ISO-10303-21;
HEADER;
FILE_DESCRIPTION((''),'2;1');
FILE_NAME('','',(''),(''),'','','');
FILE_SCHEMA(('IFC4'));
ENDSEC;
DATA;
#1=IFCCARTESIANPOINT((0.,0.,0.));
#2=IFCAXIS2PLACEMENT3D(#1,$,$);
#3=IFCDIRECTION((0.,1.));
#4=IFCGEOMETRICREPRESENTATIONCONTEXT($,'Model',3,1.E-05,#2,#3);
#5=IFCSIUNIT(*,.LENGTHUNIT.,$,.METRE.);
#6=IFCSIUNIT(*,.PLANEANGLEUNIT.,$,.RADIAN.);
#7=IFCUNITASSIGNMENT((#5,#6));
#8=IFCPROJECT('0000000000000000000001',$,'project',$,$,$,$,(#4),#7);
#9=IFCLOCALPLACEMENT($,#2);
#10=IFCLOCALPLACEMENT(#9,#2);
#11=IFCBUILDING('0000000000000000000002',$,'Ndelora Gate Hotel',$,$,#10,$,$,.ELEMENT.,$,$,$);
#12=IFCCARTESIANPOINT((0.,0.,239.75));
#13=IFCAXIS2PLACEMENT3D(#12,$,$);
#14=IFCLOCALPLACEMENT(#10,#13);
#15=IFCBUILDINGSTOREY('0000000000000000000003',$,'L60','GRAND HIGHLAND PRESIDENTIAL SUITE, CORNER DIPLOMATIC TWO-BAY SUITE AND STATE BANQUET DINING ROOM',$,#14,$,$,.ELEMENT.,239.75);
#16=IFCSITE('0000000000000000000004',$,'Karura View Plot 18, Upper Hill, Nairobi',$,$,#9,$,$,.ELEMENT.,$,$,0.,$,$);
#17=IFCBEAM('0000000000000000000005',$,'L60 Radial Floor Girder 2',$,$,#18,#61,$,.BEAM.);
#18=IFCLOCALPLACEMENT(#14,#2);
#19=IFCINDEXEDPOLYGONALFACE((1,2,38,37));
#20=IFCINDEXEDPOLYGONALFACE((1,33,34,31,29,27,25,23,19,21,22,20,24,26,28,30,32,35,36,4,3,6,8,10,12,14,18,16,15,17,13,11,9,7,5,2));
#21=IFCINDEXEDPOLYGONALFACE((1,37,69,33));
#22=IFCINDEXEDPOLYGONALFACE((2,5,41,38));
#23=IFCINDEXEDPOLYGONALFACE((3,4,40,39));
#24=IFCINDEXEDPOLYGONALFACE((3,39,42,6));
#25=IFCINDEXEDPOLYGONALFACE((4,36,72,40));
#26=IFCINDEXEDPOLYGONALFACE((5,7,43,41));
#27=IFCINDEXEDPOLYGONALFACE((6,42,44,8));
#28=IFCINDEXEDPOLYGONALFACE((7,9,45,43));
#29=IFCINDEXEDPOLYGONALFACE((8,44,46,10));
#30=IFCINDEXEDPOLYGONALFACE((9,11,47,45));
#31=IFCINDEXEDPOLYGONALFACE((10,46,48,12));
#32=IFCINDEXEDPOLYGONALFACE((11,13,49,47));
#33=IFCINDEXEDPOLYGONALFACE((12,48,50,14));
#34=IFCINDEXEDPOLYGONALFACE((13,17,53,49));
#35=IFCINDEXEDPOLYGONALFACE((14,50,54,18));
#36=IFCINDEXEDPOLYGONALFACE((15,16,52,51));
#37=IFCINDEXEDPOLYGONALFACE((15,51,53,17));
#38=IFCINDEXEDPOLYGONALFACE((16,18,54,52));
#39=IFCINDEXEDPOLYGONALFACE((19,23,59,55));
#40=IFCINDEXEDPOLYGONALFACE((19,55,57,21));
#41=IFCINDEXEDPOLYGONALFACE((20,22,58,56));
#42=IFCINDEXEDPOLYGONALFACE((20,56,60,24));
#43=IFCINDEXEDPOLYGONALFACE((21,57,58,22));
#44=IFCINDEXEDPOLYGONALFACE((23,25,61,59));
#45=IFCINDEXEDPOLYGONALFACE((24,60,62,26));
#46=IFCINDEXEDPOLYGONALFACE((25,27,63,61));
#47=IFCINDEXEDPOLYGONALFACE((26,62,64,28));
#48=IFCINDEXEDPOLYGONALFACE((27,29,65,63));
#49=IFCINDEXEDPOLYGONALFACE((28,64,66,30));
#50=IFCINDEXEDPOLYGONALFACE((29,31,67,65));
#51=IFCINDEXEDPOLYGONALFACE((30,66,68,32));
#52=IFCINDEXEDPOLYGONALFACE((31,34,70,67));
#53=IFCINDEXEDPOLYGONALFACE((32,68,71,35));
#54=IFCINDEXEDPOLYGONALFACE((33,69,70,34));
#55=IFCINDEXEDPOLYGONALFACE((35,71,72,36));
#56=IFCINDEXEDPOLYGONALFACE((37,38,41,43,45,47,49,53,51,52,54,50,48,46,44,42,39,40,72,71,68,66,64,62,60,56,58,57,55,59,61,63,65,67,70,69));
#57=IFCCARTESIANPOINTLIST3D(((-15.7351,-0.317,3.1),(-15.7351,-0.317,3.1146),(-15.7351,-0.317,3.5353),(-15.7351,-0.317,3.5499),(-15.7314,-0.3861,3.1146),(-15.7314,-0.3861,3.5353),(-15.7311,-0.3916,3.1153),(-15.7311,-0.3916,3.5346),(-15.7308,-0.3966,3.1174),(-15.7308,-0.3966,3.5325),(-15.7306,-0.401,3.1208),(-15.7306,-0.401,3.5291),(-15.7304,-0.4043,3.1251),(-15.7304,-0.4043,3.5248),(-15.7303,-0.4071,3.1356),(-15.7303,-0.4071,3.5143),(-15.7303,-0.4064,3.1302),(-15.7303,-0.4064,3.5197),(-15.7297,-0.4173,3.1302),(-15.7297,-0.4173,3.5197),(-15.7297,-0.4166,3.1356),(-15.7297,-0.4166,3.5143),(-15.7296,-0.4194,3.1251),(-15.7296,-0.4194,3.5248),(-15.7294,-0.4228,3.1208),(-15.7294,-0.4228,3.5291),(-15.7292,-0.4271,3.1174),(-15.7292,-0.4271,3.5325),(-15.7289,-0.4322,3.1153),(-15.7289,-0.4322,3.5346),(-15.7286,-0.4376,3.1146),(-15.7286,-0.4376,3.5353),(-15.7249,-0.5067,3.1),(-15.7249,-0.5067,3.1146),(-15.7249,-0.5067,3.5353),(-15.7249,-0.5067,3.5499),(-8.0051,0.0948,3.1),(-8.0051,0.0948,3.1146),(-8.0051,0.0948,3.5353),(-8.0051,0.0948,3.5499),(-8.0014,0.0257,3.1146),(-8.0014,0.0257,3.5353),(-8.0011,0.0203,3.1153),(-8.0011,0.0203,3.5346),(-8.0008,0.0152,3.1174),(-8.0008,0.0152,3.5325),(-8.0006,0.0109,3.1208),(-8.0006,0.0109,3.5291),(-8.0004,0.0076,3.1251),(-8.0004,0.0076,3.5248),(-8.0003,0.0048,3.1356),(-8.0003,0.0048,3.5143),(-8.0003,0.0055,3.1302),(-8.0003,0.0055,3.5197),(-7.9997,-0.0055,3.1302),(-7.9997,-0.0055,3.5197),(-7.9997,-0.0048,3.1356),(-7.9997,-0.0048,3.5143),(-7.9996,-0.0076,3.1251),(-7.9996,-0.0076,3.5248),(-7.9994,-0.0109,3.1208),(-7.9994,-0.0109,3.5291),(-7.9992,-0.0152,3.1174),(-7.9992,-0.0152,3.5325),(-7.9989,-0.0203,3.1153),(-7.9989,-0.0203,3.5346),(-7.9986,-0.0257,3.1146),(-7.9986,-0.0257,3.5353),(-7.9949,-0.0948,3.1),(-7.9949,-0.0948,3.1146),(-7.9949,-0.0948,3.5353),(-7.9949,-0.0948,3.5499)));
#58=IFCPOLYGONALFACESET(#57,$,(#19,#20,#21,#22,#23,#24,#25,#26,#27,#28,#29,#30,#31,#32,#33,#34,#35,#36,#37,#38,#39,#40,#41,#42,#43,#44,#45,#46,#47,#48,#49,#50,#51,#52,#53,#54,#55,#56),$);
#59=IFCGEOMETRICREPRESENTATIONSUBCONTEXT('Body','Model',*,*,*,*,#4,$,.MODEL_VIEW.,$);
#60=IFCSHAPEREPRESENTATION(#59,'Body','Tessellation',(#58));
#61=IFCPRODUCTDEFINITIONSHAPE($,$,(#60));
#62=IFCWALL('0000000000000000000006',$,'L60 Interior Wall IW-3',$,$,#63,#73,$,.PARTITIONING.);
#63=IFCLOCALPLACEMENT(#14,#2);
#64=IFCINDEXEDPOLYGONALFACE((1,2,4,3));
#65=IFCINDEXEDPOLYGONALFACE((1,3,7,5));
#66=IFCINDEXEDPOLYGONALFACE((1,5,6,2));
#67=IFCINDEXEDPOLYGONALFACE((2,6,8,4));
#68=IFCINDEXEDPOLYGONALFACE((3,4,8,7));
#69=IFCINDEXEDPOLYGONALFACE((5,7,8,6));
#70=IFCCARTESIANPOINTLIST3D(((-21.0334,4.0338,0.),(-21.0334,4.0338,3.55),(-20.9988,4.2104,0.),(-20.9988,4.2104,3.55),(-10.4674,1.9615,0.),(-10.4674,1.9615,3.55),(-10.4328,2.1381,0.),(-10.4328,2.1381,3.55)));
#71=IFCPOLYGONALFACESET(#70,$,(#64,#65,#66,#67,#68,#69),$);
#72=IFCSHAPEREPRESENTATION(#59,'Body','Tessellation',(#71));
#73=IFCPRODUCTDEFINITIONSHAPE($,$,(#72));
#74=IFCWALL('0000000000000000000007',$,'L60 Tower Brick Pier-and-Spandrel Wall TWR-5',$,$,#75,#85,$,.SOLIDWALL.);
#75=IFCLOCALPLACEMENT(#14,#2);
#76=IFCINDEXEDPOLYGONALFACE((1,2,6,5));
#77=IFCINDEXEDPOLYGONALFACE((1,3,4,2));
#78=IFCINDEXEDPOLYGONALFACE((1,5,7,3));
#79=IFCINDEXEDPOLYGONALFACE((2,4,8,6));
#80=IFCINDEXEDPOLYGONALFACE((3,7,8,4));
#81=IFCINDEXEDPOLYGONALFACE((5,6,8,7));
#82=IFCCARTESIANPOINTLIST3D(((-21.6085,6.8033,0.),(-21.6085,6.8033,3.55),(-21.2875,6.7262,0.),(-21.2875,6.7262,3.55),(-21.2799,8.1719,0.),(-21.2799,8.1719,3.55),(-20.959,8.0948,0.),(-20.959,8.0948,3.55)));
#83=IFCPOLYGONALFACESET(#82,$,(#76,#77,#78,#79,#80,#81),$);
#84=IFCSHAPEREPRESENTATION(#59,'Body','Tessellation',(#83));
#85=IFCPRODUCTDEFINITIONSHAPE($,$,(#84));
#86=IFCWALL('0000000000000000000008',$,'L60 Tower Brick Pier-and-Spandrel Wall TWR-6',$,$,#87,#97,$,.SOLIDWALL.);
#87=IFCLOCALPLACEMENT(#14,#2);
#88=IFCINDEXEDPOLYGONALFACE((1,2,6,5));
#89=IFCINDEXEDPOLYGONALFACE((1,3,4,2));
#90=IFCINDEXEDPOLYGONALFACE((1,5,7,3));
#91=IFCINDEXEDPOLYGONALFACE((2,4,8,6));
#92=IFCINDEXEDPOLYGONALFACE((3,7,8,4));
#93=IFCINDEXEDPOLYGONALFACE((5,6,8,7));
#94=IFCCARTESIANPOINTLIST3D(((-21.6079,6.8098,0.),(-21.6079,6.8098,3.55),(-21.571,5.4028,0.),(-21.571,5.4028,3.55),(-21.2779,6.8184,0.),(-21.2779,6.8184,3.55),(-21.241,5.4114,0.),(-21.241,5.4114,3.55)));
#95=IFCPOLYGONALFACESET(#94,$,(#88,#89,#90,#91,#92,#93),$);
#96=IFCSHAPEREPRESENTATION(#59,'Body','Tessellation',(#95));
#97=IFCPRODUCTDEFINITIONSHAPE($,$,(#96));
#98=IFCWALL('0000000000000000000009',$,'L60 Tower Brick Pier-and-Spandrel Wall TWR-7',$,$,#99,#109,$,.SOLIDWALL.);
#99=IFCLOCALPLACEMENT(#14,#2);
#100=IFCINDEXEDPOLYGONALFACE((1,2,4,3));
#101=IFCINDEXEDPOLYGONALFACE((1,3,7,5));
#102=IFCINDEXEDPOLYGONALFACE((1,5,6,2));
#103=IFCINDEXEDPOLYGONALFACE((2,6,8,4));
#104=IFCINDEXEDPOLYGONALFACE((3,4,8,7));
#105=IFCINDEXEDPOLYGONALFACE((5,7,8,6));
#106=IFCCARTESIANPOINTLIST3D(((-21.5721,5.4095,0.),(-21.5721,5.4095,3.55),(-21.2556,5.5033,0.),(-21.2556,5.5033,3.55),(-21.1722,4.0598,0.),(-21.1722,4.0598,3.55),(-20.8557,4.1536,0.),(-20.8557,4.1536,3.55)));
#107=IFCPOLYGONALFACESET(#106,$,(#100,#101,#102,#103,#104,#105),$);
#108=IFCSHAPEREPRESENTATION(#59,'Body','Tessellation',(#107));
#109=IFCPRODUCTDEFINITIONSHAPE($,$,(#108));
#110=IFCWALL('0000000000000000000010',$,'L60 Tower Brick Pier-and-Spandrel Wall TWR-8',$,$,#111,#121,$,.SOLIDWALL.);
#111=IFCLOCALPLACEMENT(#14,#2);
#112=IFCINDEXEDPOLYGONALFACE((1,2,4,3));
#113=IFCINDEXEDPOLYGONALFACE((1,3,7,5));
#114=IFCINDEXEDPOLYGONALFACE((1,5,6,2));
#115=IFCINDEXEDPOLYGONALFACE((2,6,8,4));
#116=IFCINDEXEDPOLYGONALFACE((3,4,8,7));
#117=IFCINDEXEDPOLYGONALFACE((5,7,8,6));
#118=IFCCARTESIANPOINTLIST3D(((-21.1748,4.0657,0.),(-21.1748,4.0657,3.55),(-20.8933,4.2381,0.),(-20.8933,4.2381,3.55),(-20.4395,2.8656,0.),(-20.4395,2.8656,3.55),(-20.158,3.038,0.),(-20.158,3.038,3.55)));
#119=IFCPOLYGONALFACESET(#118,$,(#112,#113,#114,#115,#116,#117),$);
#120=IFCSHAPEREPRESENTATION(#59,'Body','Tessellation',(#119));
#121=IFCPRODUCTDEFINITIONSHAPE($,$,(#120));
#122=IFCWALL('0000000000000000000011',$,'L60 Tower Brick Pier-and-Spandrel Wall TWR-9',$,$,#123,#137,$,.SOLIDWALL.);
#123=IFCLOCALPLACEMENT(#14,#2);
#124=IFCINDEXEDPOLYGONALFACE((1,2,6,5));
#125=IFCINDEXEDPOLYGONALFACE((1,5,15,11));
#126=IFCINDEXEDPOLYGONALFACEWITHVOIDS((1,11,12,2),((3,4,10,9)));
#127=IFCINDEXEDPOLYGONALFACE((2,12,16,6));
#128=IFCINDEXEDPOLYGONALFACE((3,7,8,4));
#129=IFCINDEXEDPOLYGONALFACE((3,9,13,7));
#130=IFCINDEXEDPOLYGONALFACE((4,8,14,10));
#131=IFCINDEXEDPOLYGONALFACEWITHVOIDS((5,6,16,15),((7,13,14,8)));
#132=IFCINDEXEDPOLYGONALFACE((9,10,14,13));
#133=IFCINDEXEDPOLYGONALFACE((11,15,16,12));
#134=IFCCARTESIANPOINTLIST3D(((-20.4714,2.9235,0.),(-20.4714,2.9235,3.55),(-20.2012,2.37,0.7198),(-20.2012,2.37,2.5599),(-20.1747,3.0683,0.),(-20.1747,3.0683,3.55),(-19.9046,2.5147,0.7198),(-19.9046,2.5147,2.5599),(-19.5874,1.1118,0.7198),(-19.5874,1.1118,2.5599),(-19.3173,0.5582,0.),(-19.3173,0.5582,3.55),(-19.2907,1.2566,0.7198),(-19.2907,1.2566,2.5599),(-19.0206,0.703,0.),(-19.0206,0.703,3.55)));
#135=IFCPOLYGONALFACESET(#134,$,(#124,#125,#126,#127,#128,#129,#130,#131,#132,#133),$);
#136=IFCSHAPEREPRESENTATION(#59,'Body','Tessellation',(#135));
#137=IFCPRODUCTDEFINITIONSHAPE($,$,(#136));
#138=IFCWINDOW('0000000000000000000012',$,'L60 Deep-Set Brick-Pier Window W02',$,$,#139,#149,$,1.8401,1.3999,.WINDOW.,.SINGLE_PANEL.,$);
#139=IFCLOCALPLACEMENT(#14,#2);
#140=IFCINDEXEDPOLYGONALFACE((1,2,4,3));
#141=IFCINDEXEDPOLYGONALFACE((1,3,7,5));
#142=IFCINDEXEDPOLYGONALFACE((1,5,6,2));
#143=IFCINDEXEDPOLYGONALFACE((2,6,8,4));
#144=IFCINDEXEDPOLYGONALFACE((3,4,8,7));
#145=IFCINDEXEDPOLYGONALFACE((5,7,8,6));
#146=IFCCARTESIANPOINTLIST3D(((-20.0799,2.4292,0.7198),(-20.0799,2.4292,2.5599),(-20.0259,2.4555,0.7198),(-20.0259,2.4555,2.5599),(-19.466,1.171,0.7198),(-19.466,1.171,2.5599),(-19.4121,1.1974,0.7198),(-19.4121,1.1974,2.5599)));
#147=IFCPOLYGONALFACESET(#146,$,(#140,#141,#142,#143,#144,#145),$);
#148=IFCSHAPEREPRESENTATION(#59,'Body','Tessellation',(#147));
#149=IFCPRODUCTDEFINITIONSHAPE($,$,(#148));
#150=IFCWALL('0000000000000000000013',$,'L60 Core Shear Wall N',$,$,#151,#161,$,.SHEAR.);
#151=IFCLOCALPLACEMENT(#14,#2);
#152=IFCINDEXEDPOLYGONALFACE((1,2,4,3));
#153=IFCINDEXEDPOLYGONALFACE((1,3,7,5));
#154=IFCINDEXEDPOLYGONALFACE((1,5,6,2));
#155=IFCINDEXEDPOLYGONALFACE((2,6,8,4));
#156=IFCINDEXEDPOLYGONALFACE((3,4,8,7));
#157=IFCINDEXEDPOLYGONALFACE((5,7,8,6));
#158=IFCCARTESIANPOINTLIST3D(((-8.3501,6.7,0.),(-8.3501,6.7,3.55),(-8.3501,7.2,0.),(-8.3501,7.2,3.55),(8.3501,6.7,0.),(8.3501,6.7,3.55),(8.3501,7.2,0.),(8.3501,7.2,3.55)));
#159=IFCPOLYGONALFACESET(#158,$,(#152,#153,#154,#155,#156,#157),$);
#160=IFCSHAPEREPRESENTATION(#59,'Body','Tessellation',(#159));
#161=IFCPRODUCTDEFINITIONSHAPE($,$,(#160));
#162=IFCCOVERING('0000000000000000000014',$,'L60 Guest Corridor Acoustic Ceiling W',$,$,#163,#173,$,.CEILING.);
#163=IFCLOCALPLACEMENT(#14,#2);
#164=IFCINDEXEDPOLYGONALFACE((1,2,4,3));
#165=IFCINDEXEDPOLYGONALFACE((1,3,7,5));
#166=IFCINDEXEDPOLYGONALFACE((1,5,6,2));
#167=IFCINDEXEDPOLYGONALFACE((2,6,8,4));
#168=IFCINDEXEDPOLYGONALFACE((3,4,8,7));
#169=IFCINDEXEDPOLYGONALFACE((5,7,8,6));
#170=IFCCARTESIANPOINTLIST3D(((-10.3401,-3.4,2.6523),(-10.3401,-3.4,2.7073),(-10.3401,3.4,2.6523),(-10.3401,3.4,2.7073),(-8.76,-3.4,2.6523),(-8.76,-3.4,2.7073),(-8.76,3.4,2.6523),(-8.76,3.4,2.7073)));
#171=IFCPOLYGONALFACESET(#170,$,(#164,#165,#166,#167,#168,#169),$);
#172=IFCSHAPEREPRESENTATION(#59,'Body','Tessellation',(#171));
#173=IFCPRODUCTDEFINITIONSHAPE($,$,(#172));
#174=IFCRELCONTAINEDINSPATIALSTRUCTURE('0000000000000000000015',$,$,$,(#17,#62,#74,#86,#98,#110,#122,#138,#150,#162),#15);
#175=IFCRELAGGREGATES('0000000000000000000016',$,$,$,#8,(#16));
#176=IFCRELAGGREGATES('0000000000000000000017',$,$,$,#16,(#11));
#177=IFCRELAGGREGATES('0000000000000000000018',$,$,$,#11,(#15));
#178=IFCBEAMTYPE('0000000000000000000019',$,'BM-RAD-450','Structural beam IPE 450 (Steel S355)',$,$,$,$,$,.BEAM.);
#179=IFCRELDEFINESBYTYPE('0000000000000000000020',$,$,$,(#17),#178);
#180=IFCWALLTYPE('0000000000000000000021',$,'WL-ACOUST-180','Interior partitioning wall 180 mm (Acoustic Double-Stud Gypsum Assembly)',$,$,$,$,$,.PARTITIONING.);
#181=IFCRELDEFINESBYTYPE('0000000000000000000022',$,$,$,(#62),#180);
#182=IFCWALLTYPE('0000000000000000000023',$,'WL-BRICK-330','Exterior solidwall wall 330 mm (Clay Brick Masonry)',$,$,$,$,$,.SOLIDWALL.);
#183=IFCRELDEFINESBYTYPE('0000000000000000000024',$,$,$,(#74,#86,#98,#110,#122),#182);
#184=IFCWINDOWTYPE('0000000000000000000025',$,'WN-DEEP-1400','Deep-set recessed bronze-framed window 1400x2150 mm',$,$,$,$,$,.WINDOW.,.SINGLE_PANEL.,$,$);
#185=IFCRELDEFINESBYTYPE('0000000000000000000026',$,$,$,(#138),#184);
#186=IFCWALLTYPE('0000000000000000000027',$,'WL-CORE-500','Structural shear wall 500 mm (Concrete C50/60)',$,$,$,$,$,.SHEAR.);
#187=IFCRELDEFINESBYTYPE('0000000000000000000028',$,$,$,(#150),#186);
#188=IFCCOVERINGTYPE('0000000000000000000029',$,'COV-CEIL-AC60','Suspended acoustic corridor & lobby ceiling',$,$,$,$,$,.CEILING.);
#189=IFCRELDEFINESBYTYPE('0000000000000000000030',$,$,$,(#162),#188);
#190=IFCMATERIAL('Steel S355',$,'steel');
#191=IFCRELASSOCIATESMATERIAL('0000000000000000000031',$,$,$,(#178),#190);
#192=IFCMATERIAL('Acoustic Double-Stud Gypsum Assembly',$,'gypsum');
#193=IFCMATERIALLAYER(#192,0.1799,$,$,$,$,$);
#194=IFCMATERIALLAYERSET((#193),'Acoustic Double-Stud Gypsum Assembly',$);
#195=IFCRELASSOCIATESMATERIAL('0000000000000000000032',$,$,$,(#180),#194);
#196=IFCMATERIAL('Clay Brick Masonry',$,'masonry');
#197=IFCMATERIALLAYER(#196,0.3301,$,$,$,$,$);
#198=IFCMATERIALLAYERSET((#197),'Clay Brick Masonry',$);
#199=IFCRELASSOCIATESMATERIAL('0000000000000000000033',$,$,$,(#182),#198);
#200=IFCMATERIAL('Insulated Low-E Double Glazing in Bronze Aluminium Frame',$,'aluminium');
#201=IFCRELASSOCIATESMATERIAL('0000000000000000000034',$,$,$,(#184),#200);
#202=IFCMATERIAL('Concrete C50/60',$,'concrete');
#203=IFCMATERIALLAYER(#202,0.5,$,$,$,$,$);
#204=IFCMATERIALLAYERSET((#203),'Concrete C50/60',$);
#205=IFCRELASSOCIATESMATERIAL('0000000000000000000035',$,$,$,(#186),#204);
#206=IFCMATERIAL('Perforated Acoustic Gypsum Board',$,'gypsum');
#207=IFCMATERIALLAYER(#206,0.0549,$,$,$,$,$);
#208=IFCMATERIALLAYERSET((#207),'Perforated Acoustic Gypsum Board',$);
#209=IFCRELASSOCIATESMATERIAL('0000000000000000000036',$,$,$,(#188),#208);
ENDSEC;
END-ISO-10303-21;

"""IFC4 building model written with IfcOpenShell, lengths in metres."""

from ifc_helpers import new_model, si_unit, direction, frame, frame_2d, origin, origin_2d, place, context, subcontext, project, spatial, rectangle, i_section, extrude, material, layer, layer_set, material_profile, profile_set, type_object, element, fill, save


model = new_model("IFC4")

# Units and contexts
model_context = context("Model", 3, precision=1e-05, world=origin(), true_north=direction((0.0, 1.0)))
body_context = subcontext(model_context, "Body", "Model", "MODEL_VIEW")
ifc_project = project(units=[si_unit("LENGTHUNIT", "METRE"), si_unit("PLANEANGLEUNIT", "RADIAN")], contexts=[model_context])

# Site, building, storey
site_placement = place(None, origin())
site = spatial("IfcSite", under=ifc_project, at=site_placement, Name="Karura View Plot 18, Upper Hill, Nairobi", CompositionType="ELEMENT", RefElevation=0.0)
building_placement = place(site_placement, origin())
building = spatial("IfcBuilding", under=site, at=building_placement, Name="Ndelora Gate Hotel", CompositionType="ELEMENT")
storey_placement = place(building_placement, frame((0.0, 0.0, 239.75)))
storey = spatial("IfcBuildingStorey", under=building, at=storey_placement, Name="L60", Description="GRAND HIGHLAND PRESIDENTIAL SUITE, CORNER DIPLOMATIC TWO-BAY SUITE AND STATE BANQUET DINING ROOM", CompositionType="ELEMENT", Elevation=239.75)

# Shared definitions
ifc_material_1 = material(Name="Concrete C50/60", Category="concrete")

# Beam
ifc_material_2 = material(Name="Steel S355", Category="steel")
ifc_material_profile_1 = material_profile(ifc_material_2, i_section(OverallWidth=0.1899, OverallDepth=0.45, WebThickness=0.0095, FlangeThickness=0.0146, FilletRadius=0.021, at=origin_2d()), Name="IPE 450")
ifc_profile_set_1 = profile_set([ifc_material_profile_1], Name="Steel S355")
beam_type_1 = type_object("IfcBeamType", Name="BM-RAD-450", Description="Structural beam IPE 450 (Steel S355)", PredefinedType="BEAM", material=ifc_profile_set_1)
beam_1_placement = place(storey_placement, frame((-8.0, 0.0, 3.325), z_axis=(-0.998584, -0.053206, 0.0), x_axis=(0.053206, -0.998584, 0.0)))
element("IfcBeam", 1, at=beam_1_placement, inside=storey, type_object=beam_type_1, Name="L60 Radial Floor Girder 2", PredefinedType="BEAM", context=body_context, shape_type="SweptSolid", body=[
    extrude(i_section(OverallWidth=0.1899, OverallDepth=0.45, WebThickness=0.0095, FlangeThickness=0.0146, FilletRadius=0.021, at=origin_2d()), origin(), (0.0, 0.0, 1.0), 7.741),
])

# Walls
ifc_material_3 = material(Name="Acoustic Double-Stud Gypsum Assembly", Category="gypsum")
ifc_layer_1 = layer(ifc_material_3, 0.1799)
ifc_layer_set_1 = layer_set([ifc_layer_1], Name="Acoustic Double-Stud Gypsum Assembly")
wall_type_1 = type_object("IfcWallType", Name="WL-ACOUST-180", Description="Interior partitioning wall 180 mm (Acoustic Double-Stud Gypsum Assembly)", PredefinedType="PARTITIONING", material=ifc_layer_set_1)
wall_1_placement = place(storey_placement, frame((-10.45, 2.0498, 0.0), z_axis=(0.0, 0.0, 1.0), x_axis=(-0.981305, 0.192461, 0.0)))
element("IfcWall", 2, at=wall_1_placement, inside=storey, type_object=wall_type_1, Name="L60 Interior Wall IW-3", PredefinedType="PARTITIONING", context=body_context, shape_type="SweptSolid", body=[
    extrude(rectangle(XDim=10.7673, YDim=0.1799, at=frame_2d((5.3838, 0.0))), origin(), (0.0, 0.0, 1.0), 3.55),
])
ifc_material_4 = material(Name="Clay Brick Masonry", Category="masonry")
ifc_layer_2 = layer(ifc_material_4, 0.3301)
ifc_layer_set_2 = layer_set([ifc_layer_2], Name="Clay Brick Masonry")
wall_type_2 = type_object("IfcWallType", Name="WL-BRICK-330", Description="Exterior solidwall wall 330 mm (Clay Brick Masonry)", PredefinedType="SOLIDWALL", material=ifc_layer_set_2)
for number, where, z_axis, x_axis, name in (
    (3, (-21.448, 6.7649, 0.0), (0.0, 0.0, 1.0), (0.233465, 0.972365, 0.0), "L60 Tower Brick Pier-and-Spandrel Wall TWR-5"),
    (4, (-21.406, 5.4072, 0.0), (0.0, 0.0, 1.0), (-0.026193, 0.999657, 0.0), "L60 Tower Brick Pier-and-Spandrel Wall TWR-6"),
):
    element("IfcWall", number, at=place(storey_placement, frame(where, z_axis=z_axis, x_axis=x_axis)), inside=storey, type_object=wall_type_2, Name=name, PredefinedType="SOLIDWALL", context=body_context, shape_type="SweptSolid", body=[
        extrude(rectangle(XDim=1.4075, YDim=0.3301, at=frame_2d((0.7036, 0.0))), origin(), (0.0, 0.0, 1.0), 3.55),
    ])
wall_2_placement = place(storey_placement, frame((-21.0139, 4.1067, 0.0), z_axis=(0.0, 0.0, 1.0), x_axis=(-0.2841, 0.958795, 0.0)))
element("IfcWall", 5, at=wall_2_placement, inside=storey, type_object=wall_type_2, Name="L60 Tower Brick Pier-and-Spandrel Wall TWR-7", PredefinedType="SOLIDWALL", context=body_context, shape_type="SweptSolid", body=[
    extrude(rectangle(XDim=1.4077, YDim=0.3301, at=frame_2d((0.7039, 0.0))), origin(), (0.0, 0.0, 1.0), 3.55),
])
wall_3_placement = place(storey_placement, frame((-20.2988, 2.9519, 0.0), z_axis=(0.0, 0.0, 1.0), x_axis=(-0.522432, 0.852681, 0.0)))
element("IfcWall", 6, at=wall_3_placement, inside=storey, type_object=wall_type_2, Name="L60 Tower Brick Pier-and-Spandrel Wall TWR-8", PredefinedType="SOLIDWALL", context=body_context, shape_type="SweptSolid", body=[
    extrude(rectangle(XDim=1.4075, YDim=0.3301, at=frame_2d((0.7036, 0.0))), origin(), (0.0, 0.0, 1.0), 3.55),
])

# Wall, opening, window
wall_4_placement = place(storey_placement, frame((-19.1689, 0.6306, 0.0), z_axis=(0.0, 0.0, 1.0), x_axis=(-0.43851, 0.898727, 0.0)))
wall_4 = element("IfcWall", 7, at=wall_4_placement, inside=storey, type_object=wall_type_2, Name="L60 Tower Brick Pier-and-Spandrel Wall TWR-9", PredefinedType="SOLIDWALL", context=body_context, shape_type="SweptSolid", body=[
    extrude(rectangle(XDim=2.6318, YDim=0.3301, at=frame_2d((1.3159, 0.0))), origin(), (0.0, 0.0, 1.0), 3.55),
])
opening_1_placement = place(wall_4_placement, frame((0.616, 0.0, 0.72)))
opening_1 = element("IfcOpeningElement", 8, at=opening_1_placement, cuts=wall_4, PredefinedType="OPENING", context=body_context, shape_type="SweptSolid", body=[
    extrude(rectangle(XDim=1.3999, YDim=1.8401, at=frame_2d((0.7, 0.9199))), frame((0.0, 0.175, 0.0), z_axis=(0.0, -1.0, 0.0), x_axis=(1.0, 0.0, 0.0)), (0.0, 0.0, 1.0), 0.3501),
])
ifc_material_5 = material(Name="Insulated Low-E Double Glazing in Bronze Aluminium Frame", Category="aluminium")
window_type = type_object("IfcWindowType", Name="WN-DEEP-1400", Description="Deep-set recessed bronze-framed window 1400x2150 mm", PartitioningType="SINGLE_PANEL", PredefinedType="WINDOW", material=ifc_material_5)
window_placement = place(opening_1_placement, origin())
window = element("IfcWindow", 9, at=window_placement, inside=storey, type_object=window_type, Name="L60 Deep-Set Brick-Pier Window W02", OverallHeight=1.8401, OverallWidth=1.3999, PartitioningType="SINGLE_PANEL", PredefinedType="WINDOW", context=body_context, shape_type="SweptSolid", body=[
    extrude(rectangle(XDim=1.3999, YDim=1.8401, at=frame_2d((0.7, 0.9199))), frame((0.0, 0.03, 0.0), z_axis=(0.0, -1.0, 0.0), x_axis=(1.0, 0.0, 0.0)), (0.0, 0.0, 1.0), 0.0601),
])
fill(opening_1, window)

# Wall
ifc_layer_3 = layer(ifc_material_1, 0.5)
ifc_layer_set_3 = layer_set([ifc_layer_3], Name="Concrete C50/60")
wall_type_3 = type_object("IfcWallType", Name="WL-CORE-500", Description="Structural shear wall 500 mm (Concrete C50/60)", PredefinedType="SHEAR", material=ifc_layer_set_3)
wall_5_placement = place(storey_placement, frame((-8.3501, 6.95, 0.0), z_axis=(0.0, 0.0, 1.0), x_axis=(1.0, 0.0, 0.0)))
element("IfcWall", 10, at=wall_5_placement, inside=storey, type_object=wall_type_3, Name="L60 Core Shear Wall N", PredefinedType="SHEAR", context=body_context, shape_type="SweptSolid", body=[
    extrude(rectangle(XDim=16.7002, YDim=0.5, at=frame_2d((8.3501, 0.0))), origin(), (0.0, 0.0, 1.0), 3.55),
])

# Covering
ifc_material_6 = material(Name="Perforated Acoustic Gypsum Board", Category="gypsum")
ifc_layer_4 = layer(ifc_material_6, 0.0549)
ifc_layer_set_4 = layer_set([ifc_layer_4], Name="Perforated Acoustic Gypsum Board")
covering_type_1 = type_object("IfcCoveringType", Name="COV-CEIL-AC60", Description="Suspended acoustic corridor & lobby ceiling", PredefinedType="CEILING", material=ifc_layer_set_4)
covering_1_placement = place(storey_placement, frame((-9.55, 0.0, 2.6523), z_axis=(0.0, 0.0, 1.0), x_axis=(1.0, 0.0, 0.0)))
element("IfcCovering", 11, at=covering_1_placement, inside=storey, type_object=covering_type_1, Name="L60 Guest Corridor Acoustic Ceiling W", PredefinedType="CEILING", context=body_context, shape_type="SweptSolid", body=[
    extrude(rectangle(XDim=1.5801, YDim=6.8, at=origin_2d()), origin(), (0.0, 0.0, 1.0), 0.0549),
])

save(model, "model.ifc")
